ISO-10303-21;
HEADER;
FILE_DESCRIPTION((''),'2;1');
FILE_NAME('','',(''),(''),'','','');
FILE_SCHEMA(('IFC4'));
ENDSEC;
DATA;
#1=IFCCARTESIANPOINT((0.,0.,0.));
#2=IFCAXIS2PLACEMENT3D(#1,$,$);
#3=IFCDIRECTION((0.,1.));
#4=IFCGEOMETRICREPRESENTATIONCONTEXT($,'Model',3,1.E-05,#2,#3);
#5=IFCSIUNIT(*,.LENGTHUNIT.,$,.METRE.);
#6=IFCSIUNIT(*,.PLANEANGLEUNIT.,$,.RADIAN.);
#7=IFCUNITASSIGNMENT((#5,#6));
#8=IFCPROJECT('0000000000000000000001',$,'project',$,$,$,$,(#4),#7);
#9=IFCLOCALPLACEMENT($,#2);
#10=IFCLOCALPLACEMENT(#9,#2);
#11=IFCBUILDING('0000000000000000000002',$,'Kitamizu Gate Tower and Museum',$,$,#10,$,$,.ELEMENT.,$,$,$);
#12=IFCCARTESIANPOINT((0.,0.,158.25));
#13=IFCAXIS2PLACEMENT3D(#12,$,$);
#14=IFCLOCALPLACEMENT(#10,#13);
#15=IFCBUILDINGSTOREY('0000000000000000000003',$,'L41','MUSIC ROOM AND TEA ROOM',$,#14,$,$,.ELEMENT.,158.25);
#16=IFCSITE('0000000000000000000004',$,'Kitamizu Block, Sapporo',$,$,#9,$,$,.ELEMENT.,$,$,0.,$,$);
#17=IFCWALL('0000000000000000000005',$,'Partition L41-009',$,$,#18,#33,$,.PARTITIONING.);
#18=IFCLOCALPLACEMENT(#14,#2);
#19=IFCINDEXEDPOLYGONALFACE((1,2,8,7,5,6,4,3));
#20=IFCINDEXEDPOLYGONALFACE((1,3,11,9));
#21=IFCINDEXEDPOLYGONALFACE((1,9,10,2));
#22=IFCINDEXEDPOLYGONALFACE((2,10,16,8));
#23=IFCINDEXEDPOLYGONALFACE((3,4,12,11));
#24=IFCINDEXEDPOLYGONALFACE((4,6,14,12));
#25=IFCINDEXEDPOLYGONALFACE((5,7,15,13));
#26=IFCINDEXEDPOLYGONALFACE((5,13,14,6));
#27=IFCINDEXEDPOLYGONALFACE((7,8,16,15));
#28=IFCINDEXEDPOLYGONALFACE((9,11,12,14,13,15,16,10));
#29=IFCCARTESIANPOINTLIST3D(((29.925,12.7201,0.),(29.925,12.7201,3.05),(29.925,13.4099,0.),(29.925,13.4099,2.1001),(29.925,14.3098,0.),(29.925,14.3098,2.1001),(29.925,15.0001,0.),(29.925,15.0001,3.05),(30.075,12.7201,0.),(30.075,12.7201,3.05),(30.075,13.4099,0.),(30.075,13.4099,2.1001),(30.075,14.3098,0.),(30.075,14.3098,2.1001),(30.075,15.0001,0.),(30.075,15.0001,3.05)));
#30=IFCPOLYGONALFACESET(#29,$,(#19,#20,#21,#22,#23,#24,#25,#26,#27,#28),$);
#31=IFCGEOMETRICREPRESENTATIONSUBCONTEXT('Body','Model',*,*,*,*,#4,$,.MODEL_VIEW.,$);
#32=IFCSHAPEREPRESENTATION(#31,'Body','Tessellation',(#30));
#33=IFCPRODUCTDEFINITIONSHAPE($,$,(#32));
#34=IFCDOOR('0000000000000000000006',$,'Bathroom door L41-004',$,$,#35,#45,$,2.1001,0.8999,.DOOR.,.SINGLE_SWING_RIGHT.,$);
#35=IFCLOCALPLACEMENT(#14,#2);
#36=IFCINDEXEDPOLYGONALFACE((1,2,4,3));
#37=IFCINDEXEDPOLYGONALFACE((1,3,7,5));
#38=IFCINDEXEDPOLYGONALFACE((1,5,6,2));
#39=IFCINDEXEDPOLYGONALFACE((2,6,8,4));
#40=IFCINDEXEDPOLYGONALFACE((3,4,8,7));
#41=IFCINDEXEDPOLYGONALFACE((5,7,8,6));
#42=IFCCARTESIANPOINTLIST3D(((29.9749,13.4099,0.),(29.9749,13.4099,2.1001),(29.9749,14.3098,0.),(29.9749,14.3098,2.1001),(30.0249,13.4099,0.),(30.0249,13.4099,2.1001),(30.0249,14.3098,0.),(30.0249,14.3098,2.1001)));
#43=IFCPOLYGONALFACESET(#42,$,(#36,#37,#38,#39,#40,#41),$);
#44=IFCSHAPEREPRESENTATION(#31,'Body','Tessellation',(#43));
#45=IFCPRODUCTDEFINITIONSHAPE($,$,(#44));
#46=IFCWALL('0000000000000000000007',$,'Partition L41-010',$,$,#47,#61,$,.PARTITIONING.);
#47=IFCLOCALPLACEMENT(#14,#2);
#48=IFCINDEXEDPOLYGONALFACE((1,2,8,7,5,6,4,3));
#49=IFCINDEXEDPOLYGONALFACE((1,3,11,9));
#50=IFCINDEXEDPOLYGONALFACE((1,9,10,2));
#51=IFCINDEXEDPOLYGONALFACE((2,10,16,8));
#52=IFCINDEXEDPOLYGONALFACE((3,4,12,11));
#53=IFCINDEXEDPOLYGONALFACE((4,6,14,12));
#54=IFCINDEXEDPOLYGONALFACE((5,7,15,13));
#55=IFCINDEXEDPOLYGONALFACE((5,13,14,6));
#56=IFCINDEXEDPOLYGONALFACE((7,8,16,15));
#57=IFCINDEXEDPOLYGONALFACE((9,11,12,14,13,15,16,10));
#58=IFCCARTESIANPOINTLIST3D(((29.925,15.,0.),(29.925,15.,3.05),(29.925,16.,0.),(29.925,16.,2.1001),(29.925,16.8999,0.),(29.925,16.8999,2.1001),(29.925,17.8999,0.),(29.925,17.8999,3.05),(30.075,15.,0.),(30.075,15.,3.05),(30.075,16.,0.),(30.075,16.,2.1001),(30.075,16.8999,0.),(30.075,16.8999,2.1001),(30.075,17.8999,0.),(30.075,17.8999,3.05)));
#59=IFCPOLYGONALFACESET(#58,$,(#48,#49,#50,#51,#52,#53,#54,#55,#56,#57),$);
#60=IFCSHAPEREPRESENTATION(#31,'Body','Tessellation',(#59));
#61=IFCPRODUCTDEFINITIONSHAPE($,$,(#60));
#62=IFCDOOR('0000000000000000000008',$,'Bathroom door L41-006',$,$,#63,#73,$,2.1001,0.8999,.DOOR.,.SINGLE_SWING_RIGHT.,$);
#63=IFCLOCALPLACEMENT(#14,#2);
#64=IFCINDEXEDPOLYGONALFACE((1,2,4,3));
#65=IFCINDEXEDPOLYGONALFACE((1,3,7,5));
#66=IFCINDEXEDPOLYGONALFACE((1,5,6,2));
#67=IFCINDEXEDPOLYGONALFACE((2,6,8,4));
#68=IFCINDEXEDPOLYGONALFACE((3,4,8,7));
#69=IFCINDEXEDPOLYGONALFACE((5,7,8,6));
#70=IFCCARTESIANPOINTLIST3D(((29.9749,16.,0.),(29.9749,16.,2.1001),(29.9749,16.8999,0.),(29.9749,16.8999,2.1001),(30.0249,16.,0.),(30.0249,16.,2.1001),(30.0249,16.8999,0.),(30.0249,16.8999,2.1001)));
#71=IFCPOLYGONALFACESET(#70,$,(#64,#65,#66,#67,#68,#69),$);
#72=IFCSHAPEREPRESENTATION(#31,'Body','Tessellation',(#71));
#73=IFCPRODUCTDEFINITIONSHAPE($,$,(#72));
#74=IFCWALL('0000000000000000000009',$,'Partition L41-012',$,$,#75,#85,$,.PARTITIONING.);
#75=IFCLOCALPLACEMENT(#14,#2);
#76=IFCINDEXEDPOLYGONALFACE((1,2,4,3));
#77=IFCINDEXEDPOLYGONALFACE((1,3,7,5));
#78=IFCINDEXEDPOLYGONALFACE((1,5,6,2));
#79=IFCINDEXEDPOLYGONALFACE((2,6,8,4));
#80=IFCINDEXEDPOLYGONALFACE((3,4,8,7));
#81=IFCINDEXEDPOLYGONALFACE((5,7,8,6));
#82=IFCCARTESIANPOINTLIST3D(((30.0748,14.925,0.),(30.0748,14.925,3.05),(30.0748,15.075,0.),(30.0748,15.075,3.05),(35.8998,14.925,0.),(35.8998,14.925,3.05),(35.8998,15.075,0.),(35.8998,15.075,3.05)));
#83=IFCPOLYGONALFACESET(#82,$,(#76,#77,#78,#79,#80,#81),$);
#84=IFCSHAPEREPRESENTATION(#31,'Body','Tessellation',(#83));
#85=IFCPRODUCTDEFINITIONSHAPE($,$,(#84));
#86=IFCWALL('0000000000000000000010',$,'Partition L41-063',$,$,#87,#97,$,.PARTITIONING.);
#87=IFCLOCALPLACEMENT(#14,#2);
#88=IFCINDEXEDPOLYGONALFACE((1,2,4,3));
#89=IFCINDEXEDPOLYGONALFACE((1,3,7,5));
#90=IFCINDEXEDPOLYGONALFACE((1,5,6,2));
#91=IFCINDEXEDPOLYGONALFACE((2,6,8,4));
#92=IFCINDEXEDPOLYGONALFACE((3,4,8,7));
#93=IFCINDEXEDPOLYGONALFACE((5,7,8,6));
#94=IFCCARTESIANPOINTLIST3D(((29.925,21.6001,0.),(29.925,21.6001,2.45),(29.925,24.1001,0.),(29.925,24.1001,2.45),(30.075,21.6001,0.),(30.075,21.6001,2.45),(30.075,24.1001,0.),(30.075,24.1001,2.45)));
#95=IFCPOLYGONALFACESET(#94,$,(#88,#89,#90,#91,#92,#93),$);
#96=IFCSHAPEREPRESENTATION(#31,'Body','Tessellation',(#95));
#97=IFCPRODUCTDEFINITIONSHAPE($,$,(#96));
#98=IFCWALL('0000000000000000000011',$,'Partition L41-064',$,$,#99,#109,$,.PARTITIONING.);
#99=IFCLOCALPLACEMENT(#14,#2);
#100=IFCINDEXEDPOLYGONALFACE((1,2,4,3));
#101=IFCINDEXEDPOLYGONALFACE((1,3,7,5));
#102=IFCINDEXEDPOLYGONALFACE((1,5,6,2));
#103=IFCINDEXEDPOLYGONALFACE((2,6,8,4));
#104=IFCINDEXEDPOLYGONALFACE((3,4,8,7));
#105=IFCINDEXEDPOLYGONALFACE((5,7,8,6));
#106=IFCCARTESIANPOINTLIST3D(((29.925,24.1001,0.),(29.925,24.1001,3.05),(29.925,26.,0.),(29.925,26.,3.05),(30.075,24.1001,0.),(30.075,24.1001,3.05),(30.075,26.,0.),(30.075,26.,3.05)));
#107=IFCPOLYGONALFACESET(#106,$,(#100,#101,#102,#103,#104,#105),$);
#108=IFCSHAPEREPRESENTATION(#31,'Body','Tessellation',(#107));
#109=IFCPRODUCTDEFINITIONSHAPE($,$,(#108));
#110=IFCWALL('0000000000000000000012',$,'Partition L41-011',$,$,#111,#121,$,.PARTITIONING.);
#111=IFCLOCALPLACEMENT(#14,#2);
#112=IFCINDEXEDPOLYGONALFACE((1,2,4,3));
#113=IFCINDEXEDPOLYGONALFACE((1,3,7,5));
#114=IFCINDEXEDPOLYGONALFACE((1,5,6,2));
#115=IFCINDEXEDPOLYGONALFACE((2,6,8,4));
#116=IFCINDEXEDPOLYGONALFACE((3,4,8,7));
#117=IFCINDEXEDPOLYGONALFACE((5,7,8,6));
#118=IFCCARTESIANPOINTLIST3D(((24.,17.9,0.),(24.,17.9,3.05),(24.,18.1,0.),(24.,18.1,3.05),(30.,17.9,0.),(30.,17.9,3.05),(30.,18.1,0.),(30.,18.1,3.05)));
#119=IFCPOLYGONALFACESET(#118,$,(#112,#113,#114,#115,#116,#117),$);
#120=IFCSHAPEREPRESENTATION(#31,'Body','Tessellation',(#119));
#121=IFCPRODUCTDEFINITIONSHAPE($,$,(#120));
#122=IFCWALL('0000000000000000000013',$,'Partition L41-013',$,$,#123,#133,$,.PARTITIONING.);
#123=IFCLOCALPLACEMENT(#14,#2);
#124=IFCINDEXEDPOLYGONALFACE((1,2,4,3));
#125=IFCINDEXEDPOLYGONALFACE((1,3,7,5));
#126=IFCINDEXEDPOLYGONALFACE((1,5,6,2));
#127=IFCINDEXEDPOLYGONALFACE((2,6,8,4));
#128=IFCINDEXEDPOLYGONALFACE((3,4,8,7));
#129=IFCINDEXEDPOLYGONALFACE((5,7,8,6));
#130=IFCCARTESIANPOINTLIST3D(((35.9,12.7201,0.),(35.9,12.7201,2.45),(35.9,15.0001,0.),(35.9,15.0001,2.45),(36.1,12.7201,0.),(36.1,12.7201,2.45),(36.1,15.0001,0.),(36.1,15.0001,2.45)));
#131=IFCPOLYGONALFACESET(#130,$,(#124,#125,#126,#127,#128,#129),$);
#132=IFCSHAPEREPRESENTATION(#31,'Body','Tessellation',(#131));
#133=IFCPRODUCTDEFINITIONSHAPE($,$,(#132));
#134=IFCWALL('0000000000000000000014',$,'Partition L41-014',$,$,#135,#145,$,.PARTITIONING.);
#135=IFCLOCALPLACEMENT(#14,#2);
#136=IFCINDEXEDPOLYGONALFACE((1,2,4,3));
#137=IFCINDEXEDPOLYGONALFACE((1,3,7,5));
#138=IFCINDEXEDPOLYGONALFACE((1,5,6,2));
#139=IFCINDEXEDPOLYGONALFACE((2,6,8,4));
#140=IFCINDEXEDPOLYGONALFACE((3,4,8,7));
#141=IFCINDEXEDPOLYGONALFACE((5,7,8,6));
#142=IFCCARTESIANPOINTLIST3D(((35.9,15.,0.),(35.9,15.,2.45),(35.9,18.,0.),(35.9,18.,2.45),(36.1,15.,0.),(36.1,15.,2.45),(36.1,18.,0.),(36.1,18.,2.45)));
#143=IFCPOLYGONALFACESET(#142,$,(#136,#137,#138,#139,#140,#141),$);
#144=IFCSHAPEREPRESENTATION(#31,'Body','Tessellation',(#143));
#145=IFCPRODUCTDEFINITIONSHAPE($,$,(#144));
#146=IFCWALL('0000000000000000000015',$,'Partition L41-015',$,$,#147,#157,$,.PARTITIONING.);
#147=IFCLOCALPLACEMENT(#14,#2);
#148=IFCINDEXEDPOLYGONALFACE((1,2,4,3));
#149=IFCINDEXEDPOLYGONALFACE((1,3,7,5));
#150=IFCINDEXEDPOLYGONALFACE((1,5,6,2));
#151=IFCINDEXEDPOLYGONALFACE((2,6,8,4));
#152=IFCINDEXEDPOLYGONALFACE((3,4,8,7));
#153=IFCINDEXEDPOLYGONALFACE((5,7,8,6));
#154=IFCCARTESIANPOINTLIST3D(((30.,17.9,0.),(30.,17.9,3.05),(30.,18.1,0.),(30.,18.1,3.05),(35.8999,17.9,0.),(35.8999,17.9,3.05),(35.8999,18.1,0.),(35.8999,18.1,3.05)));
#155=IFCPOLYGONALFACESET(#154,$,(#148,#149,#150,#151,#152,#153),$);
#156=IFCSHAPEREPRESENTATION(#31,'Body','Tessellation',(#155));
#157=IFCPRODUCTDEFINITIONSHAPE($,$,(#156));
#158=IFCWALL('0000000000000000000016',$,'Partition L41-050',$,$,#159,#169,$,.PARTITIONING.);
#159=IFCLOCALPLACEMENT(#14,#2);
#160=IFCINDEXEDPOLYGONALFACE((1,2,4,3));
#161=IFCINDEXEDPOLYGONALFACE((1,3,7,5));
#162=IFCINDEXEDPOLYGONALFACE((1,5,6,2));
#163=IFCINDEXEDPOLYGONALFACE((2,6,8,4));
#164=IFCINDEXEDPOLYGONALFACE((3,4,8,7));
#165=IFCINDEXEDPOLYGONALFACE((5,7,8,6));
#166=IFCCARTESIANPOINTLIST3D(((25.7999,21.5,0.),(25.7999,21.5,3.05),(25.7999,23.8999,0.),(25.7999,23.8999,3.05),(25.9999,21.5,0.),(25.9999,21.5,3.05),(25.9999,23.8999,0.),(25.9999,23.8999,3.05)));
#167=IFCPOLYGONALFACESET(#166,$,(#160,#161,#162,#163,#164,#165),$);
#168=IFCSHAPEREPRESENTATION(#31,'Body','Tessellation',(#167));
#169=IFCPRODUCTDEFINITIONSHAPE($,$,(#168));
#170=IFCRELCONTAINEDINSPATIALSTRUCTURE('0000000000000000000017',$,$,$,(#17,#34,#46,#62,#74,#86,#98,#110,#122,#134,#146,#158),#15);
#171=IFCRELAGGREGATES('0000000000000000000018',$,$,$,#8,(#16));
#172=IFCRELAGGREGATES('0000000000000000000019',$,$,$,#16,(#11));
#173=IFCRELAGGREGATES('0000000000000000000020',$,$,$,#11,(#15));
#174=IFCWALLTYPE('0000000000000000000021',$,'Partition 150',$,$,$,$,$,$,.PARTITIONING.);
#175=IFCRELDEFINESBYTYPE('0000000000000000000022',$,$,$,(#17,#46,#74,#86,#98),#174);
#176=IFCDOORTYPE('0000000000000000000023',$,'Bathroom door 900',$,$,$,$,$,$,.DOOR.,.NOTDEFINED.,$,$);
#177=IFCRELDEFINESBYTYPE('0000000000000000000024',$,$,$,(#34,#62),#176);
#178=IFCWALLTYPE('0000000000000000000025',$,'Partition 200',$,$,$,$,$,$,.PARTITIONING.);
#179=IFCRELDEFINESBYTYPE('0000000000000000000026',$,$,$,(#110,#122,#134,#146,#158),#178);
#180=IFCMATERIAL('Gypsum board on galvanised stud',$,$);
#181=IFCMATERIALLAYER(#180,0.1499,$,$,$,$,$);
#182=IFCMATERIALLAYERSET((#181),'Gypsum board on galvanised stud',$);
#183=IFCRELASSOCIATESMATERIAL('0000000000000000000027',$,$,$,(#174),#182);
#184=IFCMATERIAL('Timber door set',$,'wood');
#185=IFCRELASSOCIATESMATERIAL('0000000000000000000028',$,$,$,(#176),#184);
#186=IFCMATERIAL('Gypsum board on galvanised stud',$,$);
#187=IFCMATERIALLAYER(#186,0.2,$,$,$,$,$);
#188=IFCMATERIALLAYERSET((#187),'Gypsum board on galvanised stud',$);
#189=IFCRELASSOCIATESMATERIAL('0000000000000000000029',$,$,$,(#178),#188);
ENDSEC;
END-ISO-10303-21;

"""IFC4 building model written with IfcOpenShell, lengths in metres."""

from ifc_helpers import new_model, si_unit, direction, frame, frame_2d, origin, place, context, subcontext, project, spatial, rectangle, extrude, material, layer, layer_set, type_object, element, fill, save


model = new_model("IFC4")

# Units and contexts
model_context = context("Model", 3, precision=1e-05, world=origin(), true_north=direction((0.0, 1.0)))
body_context = subcontext(model_context, "Body", "Model", "MODEL_VIEW")
ifc_project = project(units=[si_unit("LENGTHUNIT", "METRE"), si_unit("PLANEANGLEUNIT", "RADIAN")], contexts=[model_context])

# Site, building, storey
site_placement = place(None, origin())
site = spatial("IfcSite", under=ifc_project, at=site_placement, Name="Kitamizu Block, Sapporo", CompositionType="ELEMENT", RefElevation=0.0)
building_placement = place(site_placement, origin())
building = spatial("IfcBuilding", under=site, at=building_placement, Name="Kitamizu Gate Tower and Museum", CompositionType="ELEMENT")
storey_placement = place(building_placement, frame((0.0, 0.0, 158.25)))
storey = spatial("IfcBuildingStorey", under=building, at=storey_placement, Name="L41", Description="MUSIC ROOM AND TEA ROOM", CompositionType="ELEMENT", Elevation=158.25)

# Walls, openings, doors
ifc_material_1 = material(Name="Gypsum board on galvanised stud")
ifc_layer_1 = layer(ifc_material_1, 0.1499)
ifc_layer_set_1 = layer_set([ifc_layer_1], Name="Gypsum board on galvanised stud")
wall_type_1 = type_object("IfcWallType", Name="Partition 150", PredefinedType="PARTITIONING", material=ifc_layer_set_1)
wall_1_placement = place(storey_placement, frame((30.0, 12.72, 0.0), z_axis=(0.0, 0.0, 1.0), x_axis=(0.0, 1.0, 0.0)))
wall_1 = element("IfcWall", 1, at=wall_1_placement, inside=storey, type_object=wall_type_1, Name="Partition L41-009", PredefinedType="PARTITIONING", context=body_context, shape_type="SweptSolid", body=[
    extrude(rectangle(XDim=2.28, YDim=0.1499, at=frame_2d((1.1401, 0.0))), origin(), (0.0, 0.0, 1.0), 3.05),
])
opening_1_placement = place(wall_1_placement, frame((0.6899, 0.0, 0.0)))
opening_1 = element("IfcOpeningElement", 2, at=opening_1_placement, cuts=wall_1, PredefinedType="OPENING", context=body_context, shape_type="SweptSolid", body=[
    extrude(rectangle(XDim=0.8999, YDim=2.1001, at=frame_2d((0.45, 1.05))), frame((0.0, 0.085, 0.0), z_axis=(0.0, -1.0, 0.0), x_axis=(1.0, 0.0, 0.0)), (0.0, 0.0, 1.0), 0.1699),
])
ifc_material_2 = material(Name="Timber door set", Category="wood")
door_type_1 = type_object("IfcDoorType", Name="Bathroom door 900", OperationType="NOTDEFINED", PredefinedType="DOOR", material=ifc_material_2)
door_1_placement = place(opening_1_placement, frame((0.8999, 0.0, 0.0), x_axis=(-1.0, 0.0, 0.0)))
door_1 = element("IfcDoor", 3, at=door_1_placement, inside=storey, type_object=door_type_1, Name="Bathroom door L41-004", OperationType="SINGLE_SWING_RIGHT", OverallHeight=2.1001, OverallWidth=0.8999, PredefinedType="DOOR", context=body_context, shape_type="SweptSolid", body=[
    extrude(rectangle(XDim=0.8999, YDim=2.1001, at=frame_2d((0.45, 1.05))), frame((0.0, 0.0249, 0.0), z_axis=(0.0, -1.0, 0.0), x_axis=(1.0, 0.0, 0.0)), (0.0, 0.0, 1.0), 0.05),
])
fill(opening_1, door_1)
wall_2_placement = place(storey_placement, frame((30.0, 15.0, 0.0), z_axis=(0.0, 0.0, 1.0), x_axis=(0.0, 1.0, 0.0)))
wall_2 = element("IfcWall", 4, at=wall_2_placement, inside=storey, type_object=wall_type_1, Name="Partition L41-010", PredefinedType="PARTITIONING", context=body_context, shape_type="SweptSolid", body=[
    extrude(rectangle(XDim=2.8999, YDim=0.1499, at=frame_2d((1.45, 0.0))), origin(), (0.0, 0.0, 1.0), 3.05),
])
opening_2_placement = place(wall_2_placement, frame((1.0, 0.0, 0.0)))
opening_2 = element("IfcOpeningElement", 5, at=opening_2_placement, cuts=wall_2, PredefinedType="OPENING", context=body_context, shape_type="SweptSolid", body=[
    extrude(rectangle(XDim=0.8999, YDim=2.1001, at=frame_2d((0.45, 1.05))), frame((0.0, 0.085, 0.0), z_axis=(0.0, -1.0, 0.0), x_axis=(1.0, 0.0, 0.0)), (0.0, 0.0, 1.0), 0.1699),
])
door_2_placement = place(opening_2_placement, frame((0.8999, 0.0, 0.0), x_axis=(-1.0, 0.0, 0.0)))
door_2 = element("IfcDoor", 6, at=door_2_placement, inside=storey, type_object=door_type_1, Name="Bathroom door L41-006", OperationType="SINGLE_SWING_RIGHT", OverallHeight=2.1001, OverallWidth=0.8999, PredefinedType="DOOR", context=body_context, shape_type="SweptSolid", body=[
    extrude(rectangle(XDim=0.8999, YDim=2.1001, at=frame_2d((0.45, 1.05))), frame((0.0, 0.0249, 0.0), z_axis=(0.0, -1.0, 0.0), x_axis=(1.0, 0.0, 0.0)), (0.0, 0.0, 1.0), 0.05),
])
fill(opening_2, door_2)

# Walls
wall_3_placement = place(storey_placement, frame((35.8999, 15.0, 0.0), z_axis=(0.0, 0.0, 1.0), x_axis=(-1.0, 0.0, 0.0)))
element("IfcWall", 7, at=wall_3_placement, inside=storey, type_object=wall_type_1, Name="Partition L41-012", PredefinedType="PARTITIONING", context=body_context, shape_type="SweptSolid", body=[
    extrude(rectangle(XDim=5.825, YDim=0.1499, at=frame_2d((2.9126, 0.0))), origin(), (0.0, 0.0, 1.0), 3.05),
])
wall_4_placement = place(storey_placement, frame((30.0, 21.6001, 0.0), z_axis=(0.0, 0.0, 1.0), x_axis=(0.0, 1.0, 0.0)))
element("IfcWall", 8, at=wall_4_placement, inside=storey, type_object=wall_type_1, Name="Partition L41-063", PredefinedType="PARTITIONING", context=body_context, shape_type="SweptSolid", body=[
    extrude(rectangle(XDim=2.5, YDim=0.1499, at=frame_2d((1.25, 0.0))), origin(), (0.0, 0.0, 1.0), 2.45),
])
wall_5_placement = place(storey_placement, frame((30.0, 24.1001, 0.0), z_axis=(0.0, 0.0, 1.0), x_axis=(0.0, 1.0, 0.0)))
element("IfcWall", 9, at=wall_5_placement, inside=storey, type_object=wall_type_1, Name="Partition L41-064", PredefinedType="PARTITIONING", context=body_context, shape_type="SweptSolid", body=[
    extrude(rectangle(XDim=1.8999, YDim=0.1499, at=frame_2d((0.95, 0.0))), origin(), (0.0, 0.0, 1.0), 3.05),
])
ifc_material_3 = material(Name="Gypsum board on galvanised stud")
ifc_layer_2 = layer(ifc_material_3, 0.2)
ifc_layer_set_2 = layer_set([ifc_layer_2], Name="Gypsum board on galvanised stud")
wall_type_2 = type_object("IfcWallType", Name="Partition 200", PredefinedType="PARTITIONING", material=ifc_layer_set_2)
wall_6_placement = place(storey_placement, frame((30.0, 18.0, 0.0), z_axis=(0.0, 0.0, 1.0), x_axis=(-1.0, 0.0, 0.0)))
element("IfcWall", 10, at=wall_6_placement, inside=storey, type_object=wall_type_2, Name="Partition L41-011", PredefinedType="PARTITIONING", context=body_context, shape_type="SweptSolid", body=[
    extrude(rectangle(XDim=6.0, YDim=0.2, at=frame_2d((3.0, 0.0))), origin(), (0.0, 0.0, 1.0), 3.05),
])
wall_7_placement = place(storey_placement, frame((36.0, 12.72, 0.0), z_axis=(0.0, 0.0, 1.0), x_axis=(0.0, 1.0, 0.0)))
element("IfcWall", 11, at=wall_7_placement, inside=storey, type_object=wall_type_2, Name="Partition L41-013", PredefinedType="PARTITIONING", context=body_context, shape_type="SweptSolid", body=[
    extrude(rectangle(XDim=2.28, YDim=0.2, at=frame_2d((1.1401, 0.0))), origin(), (0.0, 0.0, 1.0), 2.45),
])
wall_8_placement = place(storey_placement, frame((36.0, 15.0, 0.0), z_axis=(0.0, 0.0, 1.0), x_axis=(0.0, 1.0, 0.0)))
element("IfcWall", 12, at=wall_8_placement, inside=storey, type_object=wall_type_2, Name="Partition L41-014", PredefinedType="PARTITIONING", context=body_context, shape_type="SweptSolid", body=[
    extrude(rectangle(XDim=3.0, YDim=0.2, at=frame_2d((1.5, 0.0))), origin(), (0.0, 0.0, 1.0), 2.45),
])
wall_9_placement = place(storey_placement, frame((35.8999, 18.0, 0.0), z_axis=(0.0, 0.0, 1.0), x_axis=(-1.0, 0.0, 0.0)))
element("IfcWall", 13, at=wall_9_placement, inside=storey, type_object=wall_type_2, Name="Partition L41-015", PredefinedType="PARTITIONING", context=body_context, shape_type="SweptSolid", body=[
    extrude(rectangle(XDim=5.8999, YDim=0.2, at=frame_2d((2.95, 0.0))), origin(), (0.0, 0.0, 1.0), 3.05),
])
wall_10_placement = place(storey_placement, frame((25.8999, 23.8999, 0.0), z_axis=(0.0, 0.0, 1.0), x_axis=(0.0, -1.0, 0.0)))
element("IfcWall", 14, at=wall_10_placement, inside=storey, type_object=wall_type_2, Name="Partition L41-050", PredefinedType="PARTITIONING", context=body_context, shape_type="SweptSolid", body=[
    extrude(rectangle(XDim=2.3999, YDim=0.2, at=frame_2d((1.2, 0.0))), origin(), (0.0, 0.0, 1.0), 3.05),
])

save(model, "model.ifc")
